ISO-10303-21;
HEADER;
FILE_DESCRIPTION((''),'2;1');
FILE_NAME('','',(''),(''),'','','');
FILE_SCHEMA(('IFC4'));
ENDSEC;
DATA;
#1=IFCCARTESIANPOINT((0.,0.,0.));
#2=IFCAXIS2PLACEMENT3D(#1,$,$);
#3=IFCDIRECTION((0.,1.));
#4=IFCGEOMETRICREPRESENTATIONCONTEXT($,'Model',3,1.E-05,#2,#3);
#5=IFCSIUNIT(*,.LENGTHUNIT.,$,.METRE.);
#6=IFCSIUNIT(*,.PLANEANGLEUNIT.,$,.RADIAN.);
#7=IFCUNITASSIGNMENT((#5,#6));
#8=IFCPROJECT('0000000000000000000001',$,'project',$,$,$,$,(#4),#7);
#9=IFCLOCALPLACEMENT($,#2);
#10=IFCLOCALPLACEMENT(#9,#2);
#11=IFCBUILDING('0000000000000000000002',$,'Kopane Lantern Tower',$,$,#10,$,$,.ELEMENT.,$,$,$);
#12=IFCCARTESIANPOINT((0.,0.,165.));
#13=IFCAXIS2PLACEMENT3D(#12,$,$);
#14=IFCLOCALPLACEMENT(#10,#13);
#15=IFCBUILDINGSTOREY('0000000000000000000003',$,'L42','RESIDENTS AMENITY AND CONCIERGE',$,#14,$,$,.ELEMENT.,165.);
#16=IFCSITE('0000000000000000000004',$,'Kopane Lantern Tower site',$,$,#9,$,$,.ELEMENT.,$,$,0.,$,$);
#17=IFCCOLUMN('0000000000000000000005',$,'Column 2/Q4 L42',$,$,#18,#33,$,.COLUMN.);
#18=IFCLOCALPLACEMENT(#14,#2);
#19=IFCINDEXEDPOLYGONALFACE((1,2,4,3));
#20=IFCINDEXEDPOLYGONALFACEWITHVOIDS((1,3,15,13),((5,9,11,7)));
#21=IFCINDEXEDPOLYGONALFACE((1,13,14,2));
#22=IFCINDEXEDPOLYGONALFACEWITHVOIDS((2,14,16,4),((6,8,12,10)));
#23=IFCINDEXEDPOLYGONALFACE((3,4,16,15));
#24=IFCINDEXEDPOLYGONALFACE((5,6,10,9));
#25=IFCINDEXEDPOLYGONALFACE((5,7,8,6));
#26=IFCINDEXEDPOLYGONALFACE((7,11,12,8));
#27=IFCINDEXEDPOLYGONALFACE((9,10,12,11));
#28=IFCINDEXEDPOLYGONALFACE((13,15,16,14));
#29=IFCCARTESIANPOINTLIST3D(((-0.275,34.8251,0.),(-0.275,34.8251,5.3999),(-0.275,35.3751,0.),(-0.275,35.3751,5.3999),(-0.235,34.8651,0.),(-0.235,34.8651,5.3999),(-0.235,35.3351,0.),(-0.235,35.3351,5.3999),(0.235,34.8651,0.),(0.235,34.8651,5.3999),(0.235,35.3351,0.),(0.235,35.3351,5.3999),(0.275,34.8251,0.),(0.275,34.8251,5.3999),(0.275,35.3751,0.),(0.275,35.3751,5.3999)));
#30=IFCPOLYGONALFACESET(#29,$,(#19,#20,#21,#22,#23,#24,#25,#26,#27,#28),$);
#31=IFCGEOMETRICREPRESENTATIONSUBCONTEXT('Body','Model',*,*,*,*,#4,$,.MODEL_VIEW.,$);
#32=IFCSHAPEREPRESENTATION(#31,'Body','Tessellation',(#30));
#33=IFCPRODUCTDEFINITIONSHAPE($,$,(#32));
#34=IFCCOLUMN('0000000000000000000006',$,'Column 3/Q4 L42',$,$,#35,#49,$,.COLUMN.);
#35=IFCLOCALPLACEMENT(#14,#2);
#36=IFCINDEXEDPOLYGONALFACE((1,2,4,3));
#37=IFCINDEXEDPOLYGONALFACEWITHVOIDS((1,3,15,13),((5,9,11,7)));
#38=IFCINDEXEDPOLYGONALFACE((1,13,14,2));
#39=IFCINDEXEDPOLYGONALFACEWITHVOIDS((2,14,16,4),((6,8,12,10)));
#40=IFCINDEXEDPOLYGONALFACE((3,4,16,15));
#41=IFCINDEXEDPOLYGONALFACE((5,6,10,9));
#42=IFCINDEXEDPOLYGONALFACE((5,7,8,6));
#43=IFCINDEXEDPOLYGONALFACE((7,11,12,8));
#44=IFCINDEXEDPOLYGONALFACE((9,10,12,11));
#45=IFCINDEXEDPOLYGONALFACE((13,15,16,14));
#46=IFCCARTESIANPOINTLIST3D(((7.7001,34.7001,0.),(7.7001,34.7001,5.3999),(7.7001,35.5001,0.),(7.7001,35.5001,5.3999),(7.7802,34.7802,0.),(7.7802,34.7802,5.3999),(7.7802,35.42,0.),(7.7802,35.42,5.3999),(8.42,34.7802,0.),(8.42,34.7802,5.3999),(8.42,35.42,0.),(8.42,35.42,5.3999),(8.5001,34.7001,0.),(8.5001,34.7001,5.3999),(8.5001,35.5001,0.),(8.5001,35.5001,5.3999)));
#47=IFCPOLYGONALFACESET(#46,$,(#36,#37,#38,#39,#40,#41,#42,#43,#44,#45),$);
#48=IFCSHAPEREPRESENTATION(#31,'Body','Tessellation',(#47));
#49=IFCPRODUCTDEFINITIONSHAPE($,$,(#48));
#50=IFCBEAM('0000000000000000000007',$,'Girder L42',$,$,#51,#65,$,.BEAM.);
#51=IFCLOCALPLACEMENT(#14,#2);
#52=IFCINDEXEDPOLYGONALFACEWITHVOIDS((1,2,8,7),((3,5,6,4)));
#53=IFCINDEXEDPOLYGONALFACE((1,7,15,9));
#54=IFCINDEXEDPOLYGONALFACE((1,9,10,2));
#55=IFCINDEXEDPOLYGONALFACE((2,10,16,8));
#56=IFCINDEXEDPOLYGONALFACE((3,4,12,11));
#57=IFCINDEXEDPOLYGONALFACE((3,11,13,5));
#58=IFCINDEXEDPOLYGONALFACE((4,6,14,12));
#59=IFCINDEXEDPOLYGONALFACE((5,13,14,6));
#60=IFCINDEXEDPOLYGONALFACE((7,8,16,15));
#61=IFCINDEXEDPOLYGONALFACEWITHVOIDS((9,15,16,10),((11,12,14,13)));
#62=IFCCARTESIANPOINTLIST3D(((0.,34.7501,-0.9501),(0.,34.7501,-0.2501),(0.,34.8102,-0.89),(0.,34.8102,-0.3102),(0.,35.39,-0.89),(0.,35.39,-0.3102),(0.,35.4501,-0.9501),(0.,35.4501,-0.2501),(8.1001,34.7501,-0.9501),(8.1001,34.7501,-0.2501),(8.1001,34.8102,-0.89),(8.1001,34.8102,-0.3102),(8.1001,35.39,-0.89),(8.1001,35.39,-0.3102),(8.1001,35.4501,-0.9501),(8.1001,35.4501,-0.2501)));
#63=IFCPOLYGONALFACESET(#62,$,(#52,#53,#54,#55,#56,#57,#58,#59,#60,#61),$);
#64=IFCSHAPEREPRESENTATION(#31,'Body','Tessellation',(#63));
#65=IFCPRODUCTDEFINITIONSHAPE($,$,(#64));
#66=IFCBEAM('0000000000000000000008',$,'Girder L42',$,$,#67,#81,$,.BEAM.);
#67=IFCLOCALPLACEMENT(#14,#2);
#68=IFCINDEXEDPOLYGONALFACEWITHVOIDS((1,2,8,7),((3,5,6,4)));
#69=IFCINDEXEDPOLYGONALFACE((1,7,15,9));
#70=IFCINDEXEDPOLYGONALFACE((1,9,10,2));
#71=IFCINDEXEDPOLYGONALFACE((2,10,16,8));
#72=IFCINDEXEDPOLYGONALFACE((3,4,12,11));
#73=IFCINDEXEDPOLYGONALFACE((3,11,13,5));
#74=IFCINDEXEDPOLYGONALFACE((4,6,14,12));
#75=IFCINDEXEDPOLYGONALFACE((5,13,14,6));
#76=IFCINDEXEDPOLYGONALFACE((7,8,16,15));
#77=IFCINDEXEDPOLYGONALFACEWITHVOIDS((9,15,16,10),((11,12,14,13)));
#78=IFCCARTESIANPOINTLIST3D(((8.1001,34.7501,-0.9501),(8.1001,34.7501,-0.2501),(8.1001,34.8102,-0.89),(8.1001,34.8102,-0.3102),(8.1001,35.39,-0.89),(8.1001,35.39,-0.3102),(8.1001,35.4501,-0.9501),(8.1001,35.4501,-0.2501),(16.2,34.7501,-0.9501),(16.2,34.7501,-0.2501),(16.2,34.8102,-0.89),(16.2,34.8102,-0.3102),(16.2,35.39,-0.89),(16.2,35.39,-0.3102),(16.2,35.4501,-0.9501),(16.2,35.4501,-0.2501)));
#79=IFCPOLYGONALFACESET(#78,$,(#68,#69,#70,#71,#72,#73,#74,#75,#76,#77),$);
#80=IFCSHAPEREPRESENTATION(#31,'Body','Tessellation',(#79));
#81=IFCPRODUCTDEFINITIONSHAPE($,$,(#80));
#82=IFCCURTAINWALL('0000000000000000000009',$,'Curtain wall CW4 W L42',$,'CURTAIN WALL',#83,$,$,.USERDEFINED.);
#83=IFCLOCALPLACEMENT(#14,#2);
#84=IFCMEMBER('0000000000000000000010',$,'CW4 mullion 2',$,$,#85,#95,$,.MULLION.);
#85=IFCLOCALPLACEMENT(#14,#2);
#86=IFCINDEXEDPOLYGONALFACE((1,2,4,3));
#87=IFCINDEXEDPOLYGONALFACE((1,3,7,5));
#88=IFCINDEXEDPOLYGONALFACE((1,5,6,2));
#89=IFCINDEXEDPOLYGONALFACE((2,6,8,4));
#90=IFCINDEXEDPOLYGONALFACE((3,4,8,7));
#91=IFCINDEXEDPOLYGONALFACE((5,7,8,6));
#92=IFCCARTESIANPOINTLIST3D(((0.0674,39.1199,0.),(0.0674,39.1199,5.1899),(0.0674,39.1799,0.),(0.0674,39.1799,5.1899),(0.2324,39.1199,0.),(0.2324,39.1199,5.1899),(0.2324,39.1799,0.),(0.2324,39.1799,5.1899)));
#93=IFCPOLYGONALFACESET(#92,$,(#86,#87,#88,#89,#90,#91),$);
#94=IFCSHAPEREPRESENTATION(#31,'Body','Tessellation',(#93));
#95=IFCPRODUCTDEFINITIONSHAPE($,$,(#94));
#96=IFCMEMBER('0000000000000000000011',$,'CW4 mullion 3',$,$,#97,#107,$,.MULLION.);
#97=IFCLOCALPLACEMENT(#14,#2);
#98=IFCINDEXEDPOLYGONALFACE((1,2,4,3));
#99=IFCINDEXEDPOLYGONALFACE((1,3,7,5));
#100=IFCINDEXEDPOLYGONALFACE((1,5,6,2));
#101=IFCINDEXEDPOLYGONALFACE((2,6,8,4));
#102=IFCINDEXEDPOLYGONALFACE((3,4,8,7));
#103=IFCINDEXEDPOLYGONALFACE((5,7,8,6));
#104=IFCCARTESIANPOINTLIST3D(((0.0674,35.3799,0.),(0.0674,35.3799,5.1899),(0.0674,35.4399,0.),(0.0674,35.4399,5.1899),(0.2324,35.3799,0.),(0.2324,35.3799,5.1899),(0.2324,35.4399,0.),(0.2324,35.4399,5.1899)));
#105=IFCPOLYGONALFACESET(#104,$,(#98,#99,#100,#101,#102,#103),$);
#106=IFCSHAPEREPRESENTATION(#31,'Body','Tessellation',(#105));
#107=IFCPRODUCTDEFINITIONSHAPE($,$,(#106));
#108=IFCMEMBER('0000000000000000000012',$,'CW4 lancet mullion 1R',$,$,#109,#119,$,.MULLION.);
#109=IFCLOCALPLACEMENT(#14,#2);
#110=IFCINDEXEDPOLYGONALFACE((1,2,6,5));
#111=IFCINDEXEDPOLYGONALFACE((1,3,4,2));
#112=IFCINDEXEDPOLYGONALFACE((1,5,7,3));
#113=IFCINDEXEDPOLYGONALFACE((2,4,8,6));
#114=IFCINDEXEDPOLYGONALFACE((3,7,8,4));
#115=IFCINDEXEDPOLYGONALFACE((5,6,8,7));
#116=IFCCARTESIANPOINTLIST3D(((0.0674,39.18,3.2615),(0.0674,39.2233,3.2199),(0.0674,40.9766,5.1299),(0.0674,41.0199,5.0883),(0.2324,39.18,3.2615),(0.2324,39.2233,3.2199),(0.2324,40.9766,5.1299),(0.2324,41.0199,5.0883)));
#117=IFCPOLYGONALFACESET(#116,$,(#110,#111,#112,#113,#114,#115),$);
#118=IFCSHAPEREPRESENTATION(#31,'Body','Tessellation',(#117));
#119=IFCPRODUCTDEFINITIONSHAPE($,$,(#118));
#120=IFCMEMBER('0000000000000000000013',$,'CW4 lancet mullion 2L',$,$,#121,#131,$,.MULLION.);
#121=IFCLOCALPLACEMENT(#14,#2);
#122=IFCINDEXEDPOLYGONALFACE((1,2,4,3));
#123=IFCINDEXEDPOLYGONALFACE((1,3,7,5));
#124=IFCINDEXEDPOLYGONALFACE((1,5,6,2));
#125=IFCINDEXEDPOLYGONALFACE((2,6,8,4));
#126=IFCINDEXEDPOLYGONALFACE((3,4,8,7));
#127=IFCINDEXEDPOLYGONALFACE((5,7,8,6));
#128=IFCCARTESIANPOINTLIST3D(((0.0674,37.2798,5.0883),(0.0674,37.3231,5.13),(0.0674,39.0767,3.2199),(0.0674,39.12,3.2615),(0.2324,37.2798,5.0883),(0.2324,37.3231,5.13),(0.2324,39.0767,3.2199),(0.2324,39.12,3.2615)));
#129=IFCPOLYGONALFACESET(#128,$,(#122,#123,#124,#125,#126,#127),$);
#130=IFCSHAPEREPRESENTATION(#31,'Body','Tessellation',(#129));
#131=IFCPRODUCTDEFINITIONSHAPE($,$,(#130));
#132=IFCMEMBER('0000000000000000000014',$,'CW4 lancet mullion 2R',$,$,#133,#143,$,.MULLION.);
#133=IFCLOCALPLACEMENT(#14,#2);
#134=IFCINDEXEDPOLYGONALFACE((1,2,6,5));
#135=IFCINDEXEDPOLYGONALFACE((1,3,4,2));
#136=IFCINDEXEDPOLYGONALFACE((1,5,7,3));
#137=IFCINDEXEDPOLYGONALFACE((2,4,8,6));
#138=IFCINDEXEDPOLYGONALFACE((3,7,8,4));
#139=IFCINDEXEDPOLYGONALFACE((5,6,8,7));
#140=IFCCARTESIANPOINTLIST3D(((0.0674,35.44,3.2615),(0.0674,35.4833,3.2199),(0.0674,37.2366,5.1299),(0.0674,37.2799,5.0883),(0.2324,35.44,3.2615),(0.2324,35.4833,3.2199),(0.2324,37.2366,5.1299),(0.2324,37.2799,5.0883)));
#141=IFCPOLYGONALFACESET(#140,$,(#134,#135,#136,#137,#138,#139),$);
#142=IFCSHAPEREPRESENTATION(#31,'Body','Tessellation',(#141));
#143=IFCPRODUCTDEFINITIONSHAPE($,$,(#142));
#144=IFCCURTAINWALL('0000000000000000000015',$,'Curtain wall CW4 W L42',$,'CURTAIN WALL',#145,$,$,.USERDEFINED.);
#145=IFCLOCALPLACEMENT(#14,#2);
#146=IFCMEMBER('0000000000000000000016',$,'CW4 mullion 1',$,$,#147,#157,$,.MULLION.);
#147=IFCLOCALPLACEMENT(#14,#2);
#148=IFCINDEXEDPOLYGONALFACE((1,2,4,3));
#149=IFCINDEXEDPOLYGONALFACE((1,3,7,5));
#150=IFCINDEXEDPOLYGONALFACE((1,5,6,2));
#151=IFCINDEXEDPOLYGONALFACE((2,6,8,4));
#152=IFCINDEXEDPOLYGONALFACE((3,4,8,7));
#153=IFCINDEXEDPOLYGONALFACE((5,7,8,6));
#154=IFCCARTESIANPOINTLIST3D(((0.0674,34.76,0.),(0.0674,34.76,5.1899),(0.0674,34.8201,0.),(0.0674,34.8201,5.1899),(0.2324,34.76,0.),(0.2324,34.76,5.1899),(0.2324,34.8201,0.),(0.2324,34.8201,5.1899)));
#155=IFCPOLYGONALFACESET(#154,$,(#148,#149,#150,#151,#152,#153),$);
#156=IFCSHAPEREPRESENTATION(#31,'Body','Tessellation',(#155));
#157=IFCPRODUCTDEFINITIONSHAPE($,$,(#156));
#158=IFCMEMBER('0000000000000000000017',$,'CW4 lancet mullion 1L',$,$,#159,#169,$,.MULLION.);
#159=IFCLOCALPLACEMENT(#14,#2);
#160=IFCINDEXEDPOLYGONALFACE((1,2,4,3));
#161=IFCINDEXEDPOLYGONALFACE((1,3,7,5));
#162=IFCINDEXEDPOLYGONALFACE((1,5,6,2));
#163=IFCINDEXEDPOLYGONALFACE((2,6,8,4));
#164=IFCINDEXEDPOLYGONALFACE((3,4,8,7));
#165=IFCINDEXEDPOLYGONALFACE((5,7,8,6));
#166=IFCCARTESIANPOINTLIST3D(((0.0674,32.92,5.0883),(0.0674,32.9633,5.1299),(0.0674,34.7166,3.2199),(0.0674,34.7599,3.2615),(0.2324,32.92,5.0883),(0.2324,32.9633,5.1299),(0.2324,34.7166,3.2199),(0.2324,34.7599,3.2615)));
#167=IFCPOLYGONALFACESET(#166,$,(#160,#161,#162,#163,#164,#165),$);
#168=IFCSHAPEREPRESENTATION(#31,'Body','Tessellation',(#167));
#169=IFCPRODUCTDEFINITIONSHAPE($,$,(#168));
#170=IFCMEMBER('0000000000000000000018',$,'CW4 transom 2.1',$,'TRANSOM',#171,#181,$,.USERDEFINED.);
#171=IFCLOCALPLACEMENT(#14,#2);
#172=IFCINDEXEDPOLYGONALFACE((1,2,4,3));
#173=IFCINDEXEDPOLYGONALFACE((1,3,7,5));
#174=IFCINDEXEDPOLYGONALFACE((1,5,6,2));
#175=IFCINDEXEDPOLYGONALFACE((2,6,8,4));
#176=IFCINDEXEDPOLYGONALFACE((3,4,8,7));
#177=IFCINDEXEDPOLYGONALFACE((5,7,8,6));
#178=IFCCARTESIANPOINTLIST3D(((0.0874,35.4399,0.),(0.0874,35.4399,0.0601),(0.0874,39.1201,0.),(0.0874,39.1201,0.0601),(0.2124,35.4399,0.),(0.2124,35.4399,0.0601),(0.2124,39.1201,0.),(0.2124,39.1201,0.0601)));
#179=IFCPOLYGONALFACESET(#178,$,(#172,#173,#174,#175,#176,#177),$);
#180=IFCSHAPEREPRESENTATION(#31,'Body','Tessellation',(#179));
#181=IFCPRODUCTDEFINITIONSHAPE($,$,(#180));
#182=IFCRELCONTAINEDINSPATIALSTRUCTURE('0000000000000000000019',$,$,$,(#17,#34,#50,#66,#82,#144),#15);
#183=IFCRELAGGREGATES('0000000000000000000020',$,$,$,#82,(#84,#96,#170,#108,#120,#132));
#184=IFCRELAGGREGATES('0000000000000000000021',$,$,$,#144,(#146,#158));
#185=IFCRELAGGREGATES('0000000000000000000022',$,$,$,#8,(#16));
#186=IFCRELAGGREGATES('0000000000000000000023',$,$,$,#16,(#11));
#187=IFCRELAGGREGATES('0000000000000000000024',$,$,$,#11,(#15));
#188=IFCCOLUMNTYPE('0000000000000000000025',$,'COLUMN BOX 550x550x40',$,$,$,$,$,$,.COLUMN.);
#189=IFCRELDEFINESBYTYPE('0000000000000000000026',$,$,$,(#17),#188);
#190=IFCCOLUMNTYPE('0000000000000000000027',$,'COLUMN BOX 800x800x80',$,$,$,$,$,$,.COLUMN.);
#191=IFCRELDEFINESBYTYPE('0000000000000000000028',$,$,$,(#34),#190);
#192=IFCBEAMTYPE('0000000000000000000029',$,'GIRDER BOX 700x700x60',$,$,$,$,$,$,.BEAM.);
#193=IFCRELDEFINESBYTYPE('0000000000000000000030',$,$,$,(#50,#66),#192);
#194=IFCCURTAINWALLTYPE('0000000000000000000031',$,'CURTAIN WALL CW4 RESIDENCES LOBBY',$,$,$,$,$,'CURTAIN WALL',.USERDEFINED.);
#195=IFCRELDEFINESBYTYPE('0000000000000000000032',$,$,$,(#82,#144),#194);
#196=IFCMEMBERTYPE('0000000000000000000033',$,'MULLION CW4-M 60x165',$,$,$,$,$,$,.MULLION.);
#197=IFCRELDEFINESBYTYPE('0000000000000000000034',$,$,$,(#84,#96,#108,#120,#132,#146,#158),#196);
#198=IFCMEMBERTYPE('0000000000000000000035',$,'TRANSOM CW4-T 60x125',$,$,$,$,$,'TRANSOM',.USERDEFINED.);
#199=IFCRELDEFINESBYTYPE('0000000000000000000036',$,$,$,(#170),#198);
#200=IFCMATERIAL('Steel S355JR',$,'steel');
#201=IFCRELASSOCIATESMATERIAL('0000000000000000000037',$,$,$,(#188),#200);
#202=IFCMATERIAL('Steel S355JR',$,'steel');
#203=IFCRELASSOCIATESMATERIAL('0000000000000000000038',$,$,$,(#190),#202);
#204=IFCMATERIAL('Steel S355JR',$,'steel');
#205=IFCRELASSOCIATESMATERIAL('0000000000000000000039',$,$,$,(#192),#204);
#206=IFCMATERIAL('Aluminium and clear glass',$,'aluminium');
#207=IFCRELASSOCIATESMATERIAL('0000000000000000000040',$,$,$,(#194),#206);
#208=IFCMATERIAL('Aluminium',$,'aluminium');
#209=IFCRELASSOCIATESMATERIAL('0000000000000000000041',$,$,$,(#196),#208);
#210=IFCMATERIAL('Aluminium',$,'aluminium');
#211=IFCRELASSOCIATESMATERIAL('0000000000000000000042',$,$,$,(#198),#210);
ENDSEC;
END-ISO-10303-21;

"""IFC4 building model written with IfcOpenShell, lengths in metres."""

from ifc_helpers import new_model, si_unit, direction, frame, origin, origin_2d, place, context, subcontext, project, spatial, rectangle, hollow_rectangle, extrude, material, material_profile, profile_set, type_object, element, aggregate, save


model = new_model("IFC4")

# Units and contexts
model_context = context("Model", 3, precision=1e-05, world=origin(), true_north=direction((0.0, 1.0)))
body_context = subcontext(model_context, "Body", "Model", "MODEL_VIEW")
ifc_project = project(units=[si_unit("LENGTHUNIT", "METRE"), si_unit("PLANEANGLEUNIT", "RADIAN")], contexts=[model_context])

# Site, building, storey
site_placement = place(None, origin())
site = spatial("IfcSite", under=ifc_project, at=site_placement, Name="Kopane Lantern Tower site", CompositionType="ELEMENT", RefElevation=0.0)
building_placement = place(site_placement, origin())
building = spatial("IfcBuilding", under=site, at=building_placement, Name="Kopane Lantern Tower", CompositionType="ELEMENT")
storey_placement = place(building_placement, frame((0.0, 0.0, 165.0)))
storey = spatial("IfcBuildingStorey", under=building, at=storey_placement, Name="L42", Description="RESIDENTS AMENITY AND CONCIERGE", CompositionType="ELEMENT", Elevation=165.0)

# Columns
ifc_material_1 = material(Name="Steel S355JR", Category="steel")
ifc_material_profile_1 = material_profile(ifc_material_1, hollow_rectangle(XDim=0.55, YDim=0.55, WallThickness=0.04, at=origin_2d()), Name="BOX 550x550x40")
ifc_profile_set_1 = profile_set([ifc_material_profile_1], Name="Steel S355JR")
column_type_1 = type_object("IfcColumnType", Name="COLUMN BOX 550x550x40", PredefinedType="COLUMN", material=ifc_profile_set_1)
column_1_placement = place(storey_placement, frame((0.0, 35.1001, 0.0), z_axis=(0.0, 0.0, 1.0), x_axis=(1.0, 0.0, 0.0)))
element("IfcColumn", 1, at=column_1_placement, inside=storey, type_object=column_type_1, Name="Column 2/Q4 L42", PredefinedType="COLUMN", context=body_context, shape_type="SweptSolid", body=[
    extrude(hollow_rectangle(XDim=0.55, YDim=0.55, WallThickness=0.04, at=origin_2d()), origin(), (0.0, 0.0, 1.0), 5.3999),
])
ifc_material_2 = material(Name="Steel S355JR", Category="steel")
ifc_material_profile_2 = material_profile(ifc_material_2, hollow_rectangle(XDim=0.8, YDim=0.8, WallThickness=0.0801, at=origin_2d()), Name="BOX 800x800x80")
ifc_profile_set_2 = profile_set([ifc_material_profile_2], Name="Steel S355JR")
column_type_2 = type_object("IfcColumnType", Name="COLUMN BOX 800x800x80", PredefinedType="COLUMN", material=ifc_profile_set_2)
column_2_placement = place(storey_placement, frame((8.1001, 35.1001, 0.0), z_axis=(0.0, 0.0, 1.0), x_axis=(1.0, 0.0, 0.0)))
element("IfcColumn", 2, at=column_2_placement, inside=storey, type_object=column_type_2, Name="Column 3/Q4 L42", PredefinedType="COLUMN", context=body_context, shape_type="SweptSolid", body=[
    extrude(hollow_rectangle(XDim=0.8, YDim=0.8, WallThickness=0.0801, at=origin_2d()), origin(), (0.0, 0.0, 1.0), 5.3999),
])

# Beams
ifc_material_3 = material(Name="Steel S355JR", Category="steel")
ifc_material_profile_3 = material_profile(ifc_material_3, hollow_rectangle(XDim=0.7, YDim=0.7, WallThickness=0.0601, at=origin_2d()), Name="BOX 700x700x60")
ifc_profile_set_3 = profile_set([ifc_material_profile_3], Name="Steel S355JR")
beam_type = type_object("IfcBeamType", Name="GIRDER BOX 700x700x60", PredefinedType="BEAM", material=ifc_profile_set_3)
beam_1_placement = place(storey_placement, frame((0.0, 35.1001, -0.6001), z_axis=(1.0, 0.0, 0.0), x_axis=(0.0, 1.0, 0.0)))
element("IfcBeam", 3, at=beam_1_placement, inside=storey, type_object=beam_type, Name="Girder L42", PredefinedType="BEAM", context=body_context, shape_type="SweptSolid", body=[
    extrude(hollow_rectangle(XDim=0.7, YDim=0.7, WallThickness=0.0601, at=origin_2d()), origin(), (0.0, 0.0, 1.0), 8.1001),
])
beam_2_placement = place(storey_placement, frame((8.1001, 35.1001, -0.6001), z_axis=(1.0, 0.0, 0.0), x_axis=(0.0, 1.0, 0.0)))
element("IfcBeam", 4, at=beam_2_placement, inside=storey, type_object=beam_type, Name="Girder L42", PredefinedType="BEAM", context=body_context, shape_type="SweptSolid", body=[
    extrude(hollow_rectangle(XDim=0.7, YDim=0.7, WallThickness=0.0601, at=origin_2d()), origin(), (0.0, 0.0, 1.0), 8.0999),
])

# Curtain walls, members
ifc_material_4 = material(Name="Aluminium and clear glass", Category="aluminium")
curtain_wall_type = type_object("IfcCurtainWallType", Name="CURTAIN WALL CW4 RESIDENCES LOBBY", ElementType="CURTAIN WALL", PredefinedType="USERDEFINED", material=ifc_material_4)
curtain_wall_1_placement = place(storey_placement, origin())
curtain_wall_1 = element("IfcCurtainWall", 5, at=curtain_wall_1_placement, inside=storey, type_object=curtain_wall_type, Name="Curtain wall CW4 W L42", ObjectType="CURTAIN WALL", PredefinedType="USERDEFINED")
ifc_material_5 = material(Name="Aluminium", Category="aluminium")
ifc_material_profile_4 = material_profile(ifc_material_5, rectangle(XDim=0.0601, YDim=0.165, at=origin_2d()), Name="AL 60x165")
ifc_profile_set_4 = profile_set([ifc_material_profile_4], Name="Aluminium")
member_type_1 = type_object("IfcMemberType", Name="MULLION CW4-M 60x165", PredefinedType="MULLION", material=ifc_profile_set_4)
member_1_placement = place(storey_placement, frame((0.1499, 39.1499, 0.0), z_axis=(0.0, 0.0, 1.0), x_axis=(0.0, -1.0, 0.0)))
member_1 = element("IfcMember", 6, at=member_1_placement, type_object=member_type_1, Name="CW4 mullion 2", PredefinedType="MULLION", context=body_context, shape_type="SweptSolid", body=[
    extrude(rectangle(XDim=0.0601, YDim=0.165, at=origin_2d()), origin(), (0.0, 0.0, 1.0), 5.1899),
])
member_2_placement = place(storey_placement, frame((0.1499, 35.4099, 0.0), z_axis=(0.0, 0.0, 1.0), x_axis=(0.0, -1.0, 0.0)))
member_2 = element("IfcMember", 7, at=member_2_placement, type_object=member_type_1, Name="CW4 mullion 3", PredefinedType="MULLION", context=body_context, shape_type="SweptSolid", body=[
    extrude(rectangle(XDim=0.0601, YDim=0.165, at=origin_2d()), origin(), (0.0, 0.0, 1.0), 5.1899),
])
member_3_placement = place(storey_placement, frame((0.1499, 39.2017, 3.2407), z_axis=(0.0, 0.693126, 0.720817), x_axis=(0.0, -0.720817, 0.693126)))
member_3 = element("IfcMember", 8, at=member_3_placement, type_object=member_type_1, Name="CW4 lancet mullion 1R", PredefinedType="MULLION", context=body_context, shape_type="SweptSolid", body=[
    extrude(rectangle(XDim=0.0601, YDim=0.165, at=origin_2d()), origin(), (0.0, 0.0, 1.0), 2.592),
])
member_4_placement = place(storey_placement, frame((0.1499, 39.0984, 3.2407), z_axis=(0.0, -0.693175, 0.72077), x_axis=(0.0, 0.72077, 0.693175)))
member_4 = element("IfcMember", 9, at=member_4_placement, type_object=member_type_1, Name="CW4 lancet mullion 2L", PredefinedType="MULLION", context=body_context, shape_type="SweptSolid", body=[
    extrude(rectangle(XDim=0.0601, YDim=0.165, at=origin_2d()), origin(), (0.0, 0.0, 1.0), 2.5923),
])
member_5_placement = place(storey_placement, frame((0.1499, 35.4617, 3.2407), z_axis=(0.0, 0.693126, 0.720817), x_axis=(0.0, -0.720817, 0.693126)))
member_5 = element("IfcMember", 10, at=member_5_placement, type_object=member_type_1, Name="CW4 lancet mullion 2R", PredefinedType="MULLION", context=body_context, shape_type="SweptSolid", body=[
    extrude(rectangle(XDim=0.0601, YDim=0.165, at=origin_2d()), origin(), (0.0, 0.0, 1.0), 2.592),
])
curtain_wall_2_placement = place(storey_placement, origin())
curtain_wall_2 = element("IfcCurtainWall", 11, at=curtain_wall_2_placement, inside=storey, type_object=curtain_wall_type, Name="Curtain wall CW4 W L42", ObjectType="CURTAIN WALL", PredefinedType="USERDEFINED")
member_6_placement = place(storey_placement, frame((0.1499, 34.79, 0.0), z_axis=(0.0, 0.0, 1.0), x_axis=(0.0, -1.0, 0.0)))
member_6 = element("IfcMember", 12, at=member_6_placement, type_object=member_type_1, Name="CW4 mullion 1", PredefinedType="MULLION", context=body_context, shape_type="SweptSolid", body=[
    extrude(rectangle(XDim=0.0601, YDim=0.165, at=origin_2d()), origin(), (0.0, 0.0, 1.0), 5.1899),
])
member_7_placement = place(storey_placement, frame((0.1499, 34.7383, 3.2407), z_axis=(0.0, -0.693126, 0.720817), x_axis=(0.0, 0.720817, 0.693126)))
member_7 = element("IfcMember", 13, at=member_7_placement, type_object=member_type_1, Name="CW4 lancet mullion 1L", PredefinedType="MULLION", context=body_context, shape_type="SweptSolid", body=[
    extrude(rectangle(XDim=0.0601, YDim=0.165, at=origin_2d()), origin(), (0.0, 0.0, 1.0), 2.592),
])

# Member
ifc_material_6 = material(Name="Aluminium", Category="aluminium")
ifc_material_profile_5 = material_profile(ifc_material_6, rectangle(XDim=0.125, YDim=0.0601, at=origin_2d()), Name="AL 125x60")
ifc_profile_set_5 = profile_set([ifc_material_profile_5], Name="Aluminium")
member_type_2 = type_object("IfcMemberType", Name="TRANSOM CW4-T 60x125", ElementType="TRANSOM", PredefinedType="USERDEFINED", material=ifc_profile_set_5)
member_8_placement = place(storey_placement, frame((0.1499, 39.1201, 0.03), z_axis=(0.0, -1.0, 0.0), x_axis=(1.0, 0.0, 0.0)))
member_8 = element("IfcMember", 14, at=member_8_placement, type_object=member_type_2, Name="CW4 transom 2.1", ObjectType="TRANSOM", PredefinedType="USERDEFINED", context=body_context, shape_type="SweptSolid", body=[
    extrude(rectangle(XDim=0.125, YDim=0.0601, at=origin_2d()), origin(), (0.0, 0.0, 1.0), 3.6802),
])

aggregate(curtain_wall_1, [member_1, member_2, member_8, member_3, member_4, member_5])
aggregate(curtain_wall_2, [member_6, member_7])

save(model, "model.ifc")
